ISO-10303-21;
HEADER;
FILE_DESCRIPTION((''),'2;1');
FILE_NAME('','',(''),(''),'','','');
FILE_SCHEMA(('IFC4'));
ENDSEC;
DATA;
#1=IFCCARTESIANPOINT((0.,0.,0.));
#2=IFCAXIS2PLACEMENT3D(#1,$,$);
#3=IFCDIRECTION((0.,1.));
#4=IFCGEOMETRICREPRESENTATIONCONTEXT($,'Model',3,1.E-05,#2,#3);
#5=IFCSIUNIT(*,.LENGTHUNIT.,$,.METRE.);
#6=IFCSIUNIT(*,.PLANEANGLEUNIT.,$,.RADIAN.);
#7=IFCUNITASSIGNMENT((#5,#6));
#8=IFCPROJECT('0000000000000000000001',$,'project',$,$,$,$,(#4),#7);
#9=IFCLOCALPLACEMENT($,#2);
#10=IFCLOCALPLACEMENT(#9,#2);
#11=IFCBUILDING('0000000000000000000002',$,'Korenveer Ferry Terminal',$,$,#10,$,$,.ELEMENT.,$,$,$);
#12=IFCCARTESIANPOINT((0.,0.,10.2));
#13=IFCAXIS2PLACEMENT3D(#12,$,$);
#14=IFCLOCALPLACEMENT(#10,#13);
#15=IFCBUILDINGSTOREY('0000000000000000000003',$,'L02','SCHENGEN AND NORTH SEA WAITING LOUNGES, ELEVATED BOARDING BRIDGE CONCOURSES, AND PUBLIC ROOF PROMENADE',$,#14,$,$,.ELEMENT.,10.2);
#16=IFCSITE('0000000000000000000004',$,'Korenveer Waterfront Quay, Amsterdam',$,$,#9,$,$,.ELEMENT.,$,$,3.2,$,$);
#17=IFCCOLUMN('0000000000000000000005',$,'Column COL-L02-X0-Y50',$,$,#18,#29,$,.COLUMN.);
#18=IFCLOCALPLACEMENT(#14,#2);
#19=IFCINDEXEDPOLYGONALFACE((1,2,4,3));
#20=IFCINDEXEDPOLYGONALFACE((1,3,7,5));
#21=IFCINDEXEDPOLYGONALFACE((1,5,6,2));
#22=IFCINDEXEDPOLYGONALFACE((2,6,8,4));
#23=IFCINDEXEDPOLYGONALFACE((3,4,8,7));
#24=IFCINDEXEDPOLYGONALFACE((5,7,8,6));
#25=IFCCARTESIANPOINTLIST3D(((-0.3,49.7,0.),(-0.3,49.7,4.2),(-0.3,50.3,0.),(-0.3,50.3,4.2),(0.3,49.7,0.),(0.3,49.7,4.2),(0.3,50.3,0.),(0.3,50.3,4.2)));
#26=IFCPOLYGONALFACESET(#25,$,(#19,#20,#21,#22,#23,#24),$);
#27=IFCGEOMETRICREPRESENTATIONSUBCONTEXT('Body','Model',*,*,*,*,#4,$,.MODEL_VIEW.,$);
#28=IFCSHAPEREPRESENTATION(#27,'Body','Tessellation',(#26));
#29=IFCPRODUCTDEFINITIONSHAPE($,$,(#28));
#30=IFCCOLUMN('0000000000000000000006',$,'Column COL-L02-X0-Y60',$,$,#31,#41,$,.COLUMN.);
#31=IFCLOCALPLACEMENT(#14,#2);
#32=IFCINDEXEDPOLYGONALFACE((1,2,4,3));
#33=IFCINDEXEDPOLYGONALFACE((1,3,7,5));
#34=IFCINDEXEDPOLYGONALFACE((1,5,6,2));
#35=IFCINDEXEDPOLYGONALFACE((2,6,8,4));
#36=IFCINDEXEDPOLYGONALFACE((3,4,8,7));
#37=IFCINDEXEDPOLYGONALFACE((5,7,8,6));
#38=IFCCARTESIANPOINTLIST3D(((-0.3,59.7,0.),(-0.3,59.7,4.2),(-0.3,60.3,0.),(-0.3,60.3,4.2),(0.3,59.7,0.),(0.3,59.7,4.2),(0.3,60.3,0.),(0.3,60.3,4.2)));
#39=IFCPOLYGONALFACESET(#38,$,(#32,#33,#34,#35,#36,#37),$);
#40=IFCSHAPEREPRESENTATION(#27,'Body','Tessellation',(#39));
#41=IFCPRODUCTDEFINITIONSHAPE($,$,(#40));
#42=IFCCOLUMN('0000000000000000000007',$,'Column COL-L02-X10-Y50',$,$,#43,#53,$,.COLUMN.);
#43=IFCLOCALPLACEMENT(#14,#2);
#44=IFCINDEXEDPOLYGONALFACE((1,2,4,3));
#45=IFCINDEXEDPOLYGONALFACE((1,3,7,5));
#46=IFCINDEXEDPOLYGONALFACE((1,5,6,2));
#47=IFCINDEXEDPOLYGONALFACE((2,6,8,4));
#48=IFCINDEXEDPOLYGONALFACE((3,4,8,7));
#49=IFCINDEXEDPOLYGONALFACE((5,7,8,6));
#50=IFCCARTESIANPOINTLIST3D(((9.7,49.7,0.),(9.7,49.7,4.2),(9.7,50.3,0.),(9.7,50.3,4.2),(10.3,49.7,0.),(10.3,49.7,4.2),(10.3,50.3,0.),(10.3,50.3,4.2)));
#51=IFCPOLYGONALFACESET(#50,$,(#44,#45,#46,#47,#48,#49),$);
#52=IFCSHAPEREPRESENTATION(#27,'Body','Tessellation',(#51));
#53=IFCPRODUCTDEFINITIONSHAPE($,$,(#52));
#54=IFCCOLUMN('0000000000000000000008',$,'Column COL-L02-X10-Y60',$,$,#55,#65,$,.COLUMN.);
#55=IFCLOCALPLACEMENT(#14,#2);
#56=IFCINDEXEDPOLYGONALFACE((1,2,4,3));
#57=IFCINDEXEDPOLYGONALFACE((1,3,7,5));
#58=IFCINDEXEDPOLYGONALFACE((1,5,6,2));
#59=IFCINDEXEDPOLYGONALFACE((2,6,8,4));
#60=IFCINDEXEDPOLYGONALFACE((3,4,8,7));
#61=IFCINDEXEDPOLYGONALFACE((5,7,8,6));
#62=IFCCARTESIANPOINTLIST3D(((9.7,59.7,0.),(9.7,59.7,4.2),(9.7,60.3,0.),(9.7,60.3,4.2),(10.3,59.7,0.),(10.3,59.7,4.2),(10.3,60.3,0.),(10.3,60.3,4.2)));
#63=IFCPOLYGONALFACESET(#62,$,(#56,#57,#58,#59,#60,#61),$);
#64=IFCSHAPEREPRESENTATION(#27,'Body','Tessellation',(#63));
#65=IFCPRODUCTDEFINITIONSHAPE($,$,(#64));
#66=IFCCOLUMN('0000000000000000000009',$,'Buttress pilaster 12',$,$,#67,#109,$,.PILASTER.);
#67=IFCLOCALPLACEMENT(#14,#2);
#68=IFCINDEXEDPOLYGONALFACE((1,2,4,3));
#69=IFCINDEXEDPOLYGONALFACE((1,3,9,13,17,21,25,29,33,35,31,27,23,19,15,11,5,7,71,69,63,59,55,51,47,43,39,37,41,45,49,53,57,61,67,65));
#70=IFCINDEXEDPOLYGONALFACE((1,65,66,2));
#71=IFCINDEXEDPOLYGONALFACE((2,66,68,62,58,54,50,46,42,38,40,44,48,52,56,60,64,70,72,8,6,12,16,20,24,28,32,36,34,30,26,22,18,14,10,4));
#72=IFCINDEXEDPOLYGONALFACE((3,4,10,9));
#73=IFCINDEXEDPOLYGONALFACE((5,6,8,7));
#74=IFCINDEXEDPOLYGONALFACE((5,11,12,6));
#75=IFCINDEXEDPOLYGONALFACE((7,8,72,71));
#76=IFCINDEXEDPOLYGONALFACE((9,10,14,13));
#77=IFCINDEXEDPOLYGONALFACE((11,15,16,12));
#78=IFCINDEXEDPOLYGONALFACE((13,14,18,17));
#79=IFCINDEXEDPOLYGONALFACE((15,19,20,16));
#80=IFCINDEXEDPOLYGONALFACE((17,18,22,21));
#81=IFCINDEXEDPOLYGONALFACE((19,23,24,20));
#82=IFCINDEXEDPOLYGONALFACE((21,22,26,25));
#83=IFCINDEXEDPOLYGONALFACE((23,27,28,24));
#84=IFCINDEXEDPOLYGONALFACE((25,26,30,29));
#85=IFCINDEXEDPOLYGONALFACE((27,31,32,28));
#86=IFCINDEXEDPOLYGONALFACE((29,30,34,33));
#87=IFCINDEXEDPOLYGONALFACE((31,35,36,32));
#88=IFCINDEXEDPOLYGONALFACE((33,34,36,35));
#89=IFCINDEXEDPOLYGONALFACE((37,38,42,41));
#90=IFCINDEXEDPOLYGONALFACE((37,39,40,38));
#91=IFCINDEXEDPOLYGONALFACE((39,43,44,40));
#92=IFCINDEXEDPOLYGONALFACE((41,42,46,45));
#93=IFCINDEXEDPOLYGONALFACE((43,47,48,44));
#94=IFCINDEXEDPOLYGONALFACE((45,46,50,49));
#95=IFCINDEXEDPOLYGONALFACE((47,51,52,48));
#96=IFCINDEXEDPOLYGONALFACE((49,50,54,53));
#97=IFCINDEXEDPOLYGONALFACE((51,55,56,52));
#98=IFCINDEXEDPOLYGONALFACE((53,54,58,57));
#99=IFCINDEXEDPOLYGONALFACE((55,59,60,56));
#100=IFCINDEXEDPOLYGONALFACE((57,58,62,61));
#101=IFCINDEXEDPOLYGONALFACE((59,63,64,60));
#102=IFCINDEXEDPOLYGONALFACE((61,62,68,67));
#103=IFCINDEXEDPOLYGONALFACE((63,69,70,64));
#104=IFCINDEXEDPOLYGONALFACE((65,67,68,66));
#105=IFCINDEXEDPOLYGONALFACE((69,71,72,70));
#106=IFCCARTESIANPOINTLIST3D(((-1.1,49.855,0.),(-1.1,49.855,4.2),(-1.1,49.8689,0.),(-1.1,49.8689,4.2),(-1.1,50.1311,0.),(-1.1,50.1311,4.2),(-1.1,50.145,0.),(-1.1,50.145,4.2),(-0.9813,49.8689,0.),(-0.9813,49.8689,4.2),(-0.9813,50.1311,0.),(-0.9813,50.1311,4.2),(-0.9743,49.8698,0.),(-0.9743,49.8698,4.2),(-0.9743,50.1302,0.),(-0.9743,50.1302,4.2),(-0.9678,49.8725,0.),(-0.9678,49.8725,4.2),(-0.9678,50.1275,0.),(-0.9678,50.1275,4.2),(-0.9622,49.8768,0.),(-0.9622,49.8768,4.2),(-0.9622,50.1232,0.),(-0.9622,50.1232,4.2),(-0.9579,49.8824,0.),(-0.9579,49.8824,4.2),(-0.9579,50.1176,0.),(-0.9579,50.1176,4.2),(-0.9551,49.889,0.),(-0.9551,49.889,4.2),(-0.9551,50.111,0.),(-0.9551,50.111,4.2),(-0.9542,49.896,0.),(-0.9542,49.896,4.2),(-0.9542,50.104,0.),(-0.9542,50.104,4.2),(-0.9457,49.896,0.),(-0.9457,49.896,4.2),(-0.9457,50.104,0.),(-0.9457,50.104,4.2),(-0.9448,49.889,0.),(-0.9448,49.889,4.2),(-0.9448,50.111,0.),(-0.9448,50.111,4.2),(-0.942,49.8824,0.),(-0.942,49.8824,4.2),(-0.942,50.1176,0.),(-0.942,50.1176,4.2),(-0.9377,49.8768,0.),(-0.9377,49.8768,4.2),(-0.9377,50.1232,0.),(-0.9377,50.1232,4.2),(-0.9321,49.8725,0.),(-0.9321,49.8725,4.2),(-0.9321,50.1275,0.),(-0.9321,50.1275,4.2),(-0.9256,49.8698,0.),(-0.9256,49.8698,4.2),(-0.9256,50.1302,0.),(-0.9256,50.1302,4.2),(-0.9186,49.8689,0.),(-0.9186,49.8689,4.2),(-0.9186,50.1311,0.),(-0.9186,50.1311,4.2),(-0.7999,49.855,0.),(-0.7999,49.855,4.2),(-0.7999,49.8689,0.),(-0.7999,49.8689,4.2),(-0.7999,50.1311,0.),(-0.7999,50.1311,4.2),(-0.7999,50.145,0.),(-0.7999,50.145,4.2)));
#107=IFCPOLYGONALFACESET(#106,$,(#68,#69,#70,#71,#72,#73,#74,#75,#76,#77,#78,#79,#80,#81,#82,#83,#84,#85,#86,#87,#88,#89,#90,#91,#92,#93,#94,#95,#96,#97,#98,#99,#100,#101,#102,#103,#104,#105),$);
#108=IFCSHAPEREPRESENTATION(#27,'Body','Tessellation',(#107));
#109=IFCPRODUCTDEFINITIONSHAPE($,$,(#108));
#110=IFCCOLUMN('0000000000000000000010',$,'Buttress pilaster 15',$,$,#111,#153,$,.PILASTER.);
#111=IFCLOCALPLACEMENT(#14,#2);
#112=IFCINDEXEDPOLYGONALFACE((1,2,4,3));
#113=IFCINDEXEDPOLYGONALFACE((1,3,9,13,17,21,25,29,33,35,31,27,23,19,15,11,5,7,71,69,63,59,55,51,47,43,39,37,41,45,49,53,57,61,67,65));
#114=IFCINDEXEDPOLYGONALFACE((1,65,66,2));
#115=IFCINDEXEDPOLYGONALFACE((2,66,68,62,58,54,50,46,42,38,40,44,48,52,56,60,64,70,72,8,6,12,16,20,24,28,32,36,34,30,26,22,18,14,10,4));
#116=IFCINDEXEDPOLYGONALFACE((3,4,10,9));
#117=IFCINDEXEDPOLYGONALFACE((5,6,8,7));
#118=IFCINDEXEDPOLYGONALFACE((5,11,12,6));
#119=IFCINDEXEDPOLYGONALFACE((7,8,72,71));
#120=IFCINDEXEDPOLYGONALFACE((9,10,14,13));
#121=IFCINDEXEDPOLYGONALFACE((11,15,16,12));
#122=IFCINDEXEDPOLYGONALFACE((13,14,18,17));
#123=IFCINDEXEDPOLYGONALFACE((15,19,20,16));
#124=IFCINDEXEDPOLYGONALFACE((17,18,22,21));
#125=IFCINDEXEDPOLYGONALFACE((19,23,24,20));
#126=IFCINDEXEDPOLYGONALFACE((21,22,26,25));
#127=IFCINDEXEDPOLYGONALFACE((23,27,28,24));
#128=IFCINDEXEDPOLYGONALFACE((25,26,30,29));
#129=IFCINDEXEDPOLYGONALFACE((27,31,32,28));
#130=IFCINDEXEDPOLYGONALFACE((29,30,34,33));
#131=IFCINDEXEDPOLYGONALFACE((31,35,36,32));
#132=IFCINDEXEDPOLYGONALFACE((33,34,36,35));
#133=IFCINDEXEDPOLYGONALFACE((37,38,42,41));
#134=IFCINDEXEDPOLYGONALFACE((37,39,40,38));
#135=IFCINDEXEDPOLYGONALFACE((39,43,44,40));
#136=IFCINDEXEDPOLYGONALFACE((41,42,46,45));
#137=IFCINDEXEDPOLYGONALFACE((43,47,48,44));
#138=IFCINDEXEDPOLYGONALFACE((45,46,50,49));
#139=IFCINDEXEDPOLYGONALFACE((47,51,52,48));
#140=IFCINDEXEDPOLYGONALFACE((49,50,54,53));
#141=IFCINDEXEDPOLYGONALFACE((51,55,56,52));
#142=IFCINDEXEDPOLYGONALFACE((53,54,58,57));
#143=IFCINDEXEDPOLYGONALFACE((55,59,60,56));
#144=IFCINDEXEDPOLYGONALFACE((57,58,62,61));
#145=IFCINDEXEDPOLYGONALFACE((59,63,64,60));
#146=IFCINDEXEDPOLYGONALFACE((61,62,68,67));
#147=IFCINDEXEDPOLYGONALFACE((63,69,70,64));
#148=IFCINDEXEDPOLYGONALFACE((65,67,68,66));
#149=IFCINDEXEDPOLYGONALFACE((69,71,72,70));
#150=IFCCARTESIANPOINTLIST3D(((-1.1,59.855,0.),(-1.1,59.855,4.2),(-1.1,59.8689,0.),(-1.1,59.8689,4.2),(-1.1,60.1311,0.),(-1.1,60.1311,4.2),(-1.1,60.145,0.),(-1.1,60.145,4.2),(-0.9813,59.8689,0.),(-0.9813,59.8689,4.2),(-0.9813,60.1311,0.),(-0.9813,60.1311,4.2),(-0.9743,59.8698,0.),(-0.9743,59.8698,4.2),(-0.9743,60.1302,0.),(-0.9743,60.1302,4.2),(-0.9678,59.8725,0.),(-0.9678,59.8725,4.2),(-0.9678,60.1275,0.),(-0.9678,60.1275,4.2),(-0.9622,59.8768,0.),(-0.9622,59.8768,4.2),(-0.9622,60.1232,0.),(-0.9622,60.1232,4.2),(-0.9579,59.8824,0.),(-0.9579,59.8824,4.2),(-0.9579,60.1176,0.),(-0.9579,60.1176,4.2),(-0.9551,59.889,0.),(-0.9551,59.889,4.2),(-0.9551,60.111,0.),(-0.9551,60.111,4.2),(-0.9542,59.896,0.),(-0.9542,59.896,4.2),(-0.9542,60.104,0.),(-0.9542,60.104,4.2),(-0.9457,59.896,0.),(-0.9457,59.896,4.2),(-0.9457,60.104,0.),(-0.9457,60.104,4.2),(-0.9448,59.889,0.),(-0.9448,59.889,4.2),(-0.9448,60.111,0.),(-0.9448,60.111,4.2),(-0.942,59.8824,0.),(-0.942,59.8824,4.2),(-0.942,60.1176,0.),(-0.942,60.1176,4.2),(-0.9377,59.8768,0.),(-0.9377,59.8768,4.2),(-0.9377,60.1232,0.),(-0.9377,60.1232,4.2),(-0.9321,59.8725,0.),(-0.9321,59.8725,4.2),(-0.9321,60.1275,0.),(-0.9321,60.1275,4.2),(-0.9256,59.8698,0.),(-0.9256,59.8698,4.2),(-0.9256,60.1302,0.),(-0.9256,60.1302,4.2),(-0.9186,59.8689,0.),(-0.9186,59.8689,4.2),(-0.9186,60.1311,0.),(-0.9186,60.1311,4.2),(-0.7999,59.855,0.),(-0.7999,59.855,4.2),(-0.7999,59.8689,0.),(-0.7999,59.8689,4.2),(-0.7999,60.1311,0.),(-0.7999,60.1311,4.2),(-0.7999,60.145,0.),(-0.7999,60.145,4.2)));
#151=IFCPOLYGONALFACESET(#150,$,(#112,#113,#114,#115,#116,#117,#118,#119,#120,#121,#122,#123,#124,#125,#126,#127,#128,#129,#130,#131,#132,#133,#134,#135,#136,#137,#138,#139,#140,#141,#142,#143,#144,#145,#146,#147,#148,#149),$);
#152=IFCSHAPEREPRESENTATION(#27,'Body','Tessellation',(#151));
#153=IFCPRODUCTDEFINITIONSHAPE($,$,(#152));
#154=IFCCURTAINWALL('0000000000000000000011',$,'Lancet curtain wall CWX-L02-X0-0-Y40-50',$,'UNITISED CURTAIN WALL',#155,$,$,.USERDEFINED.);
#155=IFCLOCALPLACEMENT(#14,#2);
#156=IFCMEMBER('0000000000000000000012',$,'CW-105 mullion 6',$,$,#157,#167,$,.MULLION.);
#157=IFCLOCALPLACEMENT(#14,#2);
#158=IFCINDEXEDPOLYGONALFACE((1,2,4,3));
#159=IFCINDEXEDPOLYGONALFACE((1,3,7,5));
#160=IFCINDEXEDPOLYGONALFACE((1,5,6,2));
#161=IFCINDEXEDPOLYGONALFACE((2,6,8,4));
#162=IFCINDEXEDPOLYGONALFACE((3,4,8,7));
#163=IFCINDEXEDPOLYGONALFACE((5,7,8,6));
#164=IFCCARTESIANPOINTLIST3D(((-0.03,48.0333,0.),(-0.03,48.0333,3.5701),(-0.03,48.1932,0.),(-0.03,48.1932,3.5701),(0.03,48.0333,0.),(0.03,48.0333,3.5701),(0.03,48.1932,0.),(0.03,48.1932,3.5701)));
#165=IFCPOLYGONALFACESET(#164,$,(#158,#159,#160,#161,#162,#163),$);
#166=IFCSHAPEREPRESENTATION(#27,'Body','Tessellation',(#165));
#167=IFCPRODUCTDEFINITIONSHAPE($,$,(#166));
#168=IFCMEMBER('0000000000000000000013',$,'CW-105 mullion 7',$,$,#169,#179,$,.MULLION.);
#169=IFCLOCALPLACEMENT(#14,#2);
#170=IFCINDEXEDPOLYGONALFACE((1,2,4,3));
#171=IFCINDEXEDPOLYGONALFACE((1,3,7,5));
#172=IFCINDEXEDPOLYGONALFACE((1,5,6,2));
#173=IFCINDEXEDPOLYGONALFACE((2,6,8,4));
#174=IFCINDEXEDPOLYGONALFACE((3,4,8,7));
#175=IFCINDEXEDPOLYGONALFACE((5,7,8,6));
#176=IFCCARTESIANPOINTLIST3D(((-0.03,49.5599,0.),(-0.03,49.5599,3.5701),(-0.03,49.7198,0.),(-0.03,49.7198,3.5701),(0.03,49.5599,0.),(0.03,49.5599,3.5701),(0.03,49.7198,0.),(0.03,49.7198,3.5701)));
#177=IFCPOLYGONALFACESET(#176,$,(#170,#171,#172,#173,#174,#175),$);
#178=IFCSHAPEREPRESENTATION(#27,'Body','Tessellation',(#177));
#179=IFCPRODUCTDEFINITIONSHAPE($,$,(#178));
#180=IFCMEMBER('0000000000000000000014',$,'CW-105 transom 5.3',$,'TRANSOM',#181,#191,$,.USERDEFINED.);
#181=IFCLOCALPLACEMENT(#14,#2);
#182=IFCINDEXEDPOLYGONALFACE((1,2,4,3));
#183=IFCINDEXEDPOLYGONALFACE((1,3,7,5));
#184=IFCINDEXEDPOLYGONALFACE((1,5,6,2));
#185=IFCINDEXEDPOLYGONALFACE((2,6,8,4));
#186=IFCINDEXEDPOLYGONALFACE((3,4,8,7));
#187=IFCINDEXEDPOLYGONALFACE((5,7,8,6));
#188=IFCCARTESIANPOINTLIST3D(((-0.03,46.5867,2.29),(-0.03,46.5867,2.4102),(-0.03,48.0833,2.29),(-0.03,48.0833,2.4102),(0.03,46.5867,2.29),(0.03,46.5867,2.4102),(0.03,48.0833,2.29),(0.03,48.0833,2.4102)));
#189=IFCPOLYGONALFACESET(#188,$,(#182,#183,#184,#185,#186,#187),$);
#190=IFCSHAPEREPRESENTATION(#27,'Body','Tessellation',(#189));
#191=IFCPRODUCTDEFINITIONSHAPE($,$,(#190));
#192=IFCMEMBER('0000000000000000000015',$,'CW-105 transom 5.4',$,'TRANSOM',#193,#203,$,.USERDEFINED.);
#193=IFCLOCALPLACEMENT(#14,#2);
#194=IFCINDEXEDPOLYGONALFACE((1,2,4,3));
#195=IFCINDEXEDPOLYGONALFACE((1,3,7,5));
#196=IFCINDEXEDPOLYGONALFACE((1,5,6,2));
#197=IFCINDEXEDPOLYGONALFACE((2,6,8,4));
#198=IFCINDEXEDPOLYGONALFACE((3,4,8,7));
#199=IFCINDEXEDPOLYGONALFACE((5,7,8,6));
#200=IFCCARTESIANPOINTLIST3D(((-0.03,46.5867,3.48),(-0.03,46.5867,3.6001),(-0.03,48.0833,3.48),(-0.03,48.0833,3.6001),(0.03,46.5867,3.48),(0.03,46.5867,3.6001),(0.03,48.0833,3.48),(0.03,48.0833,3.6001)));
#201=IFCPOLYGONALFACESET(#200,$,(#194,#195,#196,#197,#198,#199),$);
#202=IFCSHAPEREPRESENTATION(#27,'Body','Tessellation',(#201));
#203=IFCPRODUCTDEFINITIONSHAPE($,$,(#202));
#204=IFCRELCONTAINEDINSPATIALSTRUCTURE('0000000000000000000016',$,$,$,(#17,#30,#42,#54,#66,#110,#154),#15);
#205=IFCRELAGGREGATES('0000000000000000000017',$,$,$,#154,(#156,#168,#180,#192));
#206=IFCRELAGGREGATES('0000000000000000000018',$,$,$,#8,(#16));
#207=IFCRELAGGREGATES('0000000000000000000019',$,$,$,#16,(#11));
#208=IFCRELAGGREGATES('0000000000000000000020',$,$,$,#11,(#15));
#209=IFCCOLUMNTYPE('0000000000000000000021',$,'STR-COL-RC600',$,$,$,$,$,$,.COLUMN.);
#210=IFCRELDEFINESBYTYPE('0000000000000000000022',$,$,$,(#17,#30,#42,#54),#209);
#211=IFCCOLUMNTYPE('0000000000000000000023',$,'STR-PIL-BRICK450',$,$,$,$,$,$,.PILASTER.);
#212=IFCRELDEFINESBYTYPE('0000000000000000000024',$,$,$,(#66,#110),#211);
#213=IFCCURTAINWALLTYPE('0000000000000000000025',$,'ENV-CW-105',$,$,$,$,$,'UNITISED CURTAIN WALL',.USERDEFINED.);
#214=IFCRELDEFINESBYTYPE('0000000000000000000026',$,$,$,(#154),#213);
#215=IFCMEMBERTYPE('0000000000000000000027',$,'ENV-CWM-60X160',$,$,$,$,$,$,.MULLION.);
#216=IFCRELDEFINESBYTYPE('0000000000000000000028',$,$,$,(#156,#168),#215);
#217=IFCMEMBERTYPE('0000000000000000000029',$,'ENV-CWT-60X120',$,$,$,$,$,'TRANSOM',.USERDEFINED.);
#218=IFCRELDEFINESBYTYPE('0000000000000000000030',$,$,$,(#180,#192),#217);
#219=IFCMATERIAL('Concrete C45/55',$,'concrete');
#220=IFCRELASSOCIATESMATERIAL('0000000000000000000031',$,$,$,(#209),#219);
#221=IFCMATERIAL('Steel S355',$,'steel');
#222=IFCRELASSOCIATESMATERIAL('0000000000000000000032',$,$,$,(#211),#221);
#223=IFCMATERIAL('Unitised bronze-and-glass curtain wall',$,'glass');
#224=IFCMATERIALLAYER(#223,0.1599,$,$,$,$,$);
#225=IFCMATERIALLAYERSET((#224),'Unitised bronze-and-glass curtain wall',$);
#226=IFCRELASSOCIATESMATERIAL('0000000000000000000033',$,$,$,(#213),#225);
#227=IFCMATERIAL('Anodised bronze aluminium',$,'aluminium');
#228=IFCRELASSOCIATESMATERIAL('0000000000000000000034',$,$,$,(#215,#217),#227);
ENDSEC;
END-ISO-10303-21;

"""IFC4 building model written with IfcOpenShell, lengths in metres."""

from ifc_helpers import new_model, si_unit, direction, frame, origin, origin_2d, place, context, subcontext, project, spatial, rectangle, i_section, extrude, material, layer, layer_set, material_profile, profile_set, type_object, element, aggregate, save


model = new_model("IFC4")

# Units and contexts
model_context = context("Model", 3, precision=1e-05, world=origin(), true_north=direction((0.0, 1.0)))
body_context = subcontext(model_context, "Body", "Model", "MODEL_VIEW")
ifc_project = project(units=[si_unit("LENGTHUNIT", "METRE"), si_unit("PLANEANGLEUNIT", "RADIAN")], contexts=[model_context])

# Site, building, storey
site_placement = place(None, origin())
site = spatial("IfcSite", under=ifc_project, at=site_placement, Name="Korenveer Waterfront Quay, Amsterdam", CompositionType="ELEMENT", RefElevation=3.2)
building_placement = place(site_placement, origin())
building = spatial("IfcBuilding", under=site, at=building_placement, Name="Korenveer Ferry Terminal", CompositionType="ELEMENT")
storey_placement = place(building_placement, frame((0.0, 0.0, 10.2)))
storey = spatial("IfcBuildingStorey", under=building, at=storey_placement, Name="L02", Description="SCHENGEN AND NORTH SEA WAITING LOUNGES, ELEVATED BOARDING BRIDGE CONCOURSES, AND PUBLIC ROOF PROMENADE", CompositionType="ELEMENT", Elevation=10.2)

# Columns
ifc_material_1 = material(Name="Concrete C45/55", Category="concrete")
ifc_material_profile_1 = material_profile(ifc_material_1, rectangle(XDim=0.6001, YDim=0.6001, at=origin_2d()), Name="RC 600x600")
ifc_profile_set_1 = profile_set([ifc_material_profile_1], Name="Concrete C45/55")
column_type_1 = type_object("IfcColumnType", Name="STR-COL-RC600", PredefinedType="COLUMN", material=ifc_profile_set_1)
for number, where, z_axis, x_axis, name in (
    (1, (0.0, 50.0, 0.0), (0.0, 0.0, 1.0), (1.0, 0.0, 0.0), "Column COL-L02-X0-Y50"),
    (2, (0.0, 60.0, 0.0), (0.0, 0.0, 1.0), (1.0, 0.0, 0.0), "Column COL-L02-X0-Y60"),
    (3, (10.0, 50.0, 0.0), (0.0, 0.0, 1.0), (1.0, 0.0, 0.0), "Column COL-L02-X10-Y50"),
    (4, (10.0, 60.0, 0.0), (0.0, 0.0, 1.0), (1.0, 0.0, 0.0), "Column COL-L02-X10-Y60"),
):
    element("IfcColumn", number, at=place(storey_placement, frame(where, z_axis=z_axis, x_axis=x_axis)), inside=storey, type_object=column_type_1, Name=name, PredefinedType="COLUMN", context=body_context, shape_type="SweptSolid", body=[
        extrude(rectangle(XDim=0.6001, YDim=0.6001, at=origin_2d()), origin(), (0.0, 0.0, 1.0), 4.2),
    ])
ifc_material_2 = material(Name="Steel S355", Category="steel")
ifc_material_profile_2 = material_profile(ifc_material_2, i_section(OverallWidth=0.3, OverallDepth=0.29, WebThickness=0.0085, FlangeThickness=0.0139, FilletRadius=0.0271, at=origin_2d()), Name="HEA 300")
ifc_profile_set_2 = profile_set([ifc_material_profile_2], Name="Steel S355")
column_type_2 = type_object("IfcColumnType", Name="STR-PIL-BRICK450", PredefinedType="PILASTER", material=ifc_profile_set_2)
for number, where, z_axis, x_axis, name in (
    (5, (-0.95, 50.0, 0.0), (0.0, 0.0, 1.0), (1.0, 0.0, 0.0), "Buttress pilaster 12"),
    (6, (-0.95, 60.0, 0.0), (0.0, 0.0, 1.0), (1.0, 0.0, 0.0), "Buttress pilaster 15"),
):
    element("IfcColumn", number, at=place(storey_placement, frame(where, z_axis=z_axis, x_axis=x_axis)), inside=storey, type_object=column_type_2, Name=name, PredefinedType="PILASTER", context=body_context, shape_type="SweptSolid", body=[
        extrude(i_section(OverallWidth=0.3, OverallDepth=0.29, WebThickness=0.0085, FlangeThickness=0.0139, FilletRadius=0.0271, at=origin_2d()), origin(), (0.0, 0.0, 1.0), 4.2),
    ])

# Curtain wall, members
ifc_material_3 = material(Name="Unitised bronze-and-glass curtain wall", Category="glass")
ifc_layer_1 = layer(ifc_material_3, 0.1599)
ifc_layer_set_1 = layer_set([ifc_layer_1], Name="Unitised bronze-and-glass curtain wall")
curtain_wall_type = type_object("IfcCurtainWallType", Name="ENV-CW-105", ElementType="UNITISED CURTAIN WALL", PredefinedType="USERDEFINED", material=ifc_layer_set_1)
curtain_wall_placement = place(storey_placement, frame((0.0, 40.3301, 0.0)))
curtain_wall = element("IfcCurtainWall", 7, at=curtain_wall_placement, inside=storey, type_object=curtain_wall_type, Name="Lancet curtain wall CWX-L02-X0-0-Y40-50", ObjectType="UNITISED CURTAIN WALL", PredefinedType="USERDEFINED")
ifc_material_4 = material(Name="Anodised bronze aluminium", Category="aluminium")
ifc_material_profile_3 = material_profile(ifc_material_4, rectangle(XDim=0.0601, YDim=0.1599, at=origin_2d()), Name="ALU 60x160")
ifc_profile_set_3 = profile_set([ifc_material_profile_3], Name="Anodised bronze aluminium")
member_type_1 = type_object("IfcMemberType", Name="ENV-CWM-60X160", PredefinedType="MULLION", material=ifc_profile_set_3)
member_1_placement = place(storey_placement, frame((0.0, 48.1133, 0.0), z_axis=(0.0, 0.0, 1.0), x_axis=(-1.0, 0.0, 0.0)))
member_1 = element("IfcMember", 8, at=member_1_placement, type_object=member_type_1, Name="CW-105 mullion 6", PredefinedType="MULLION", context=body_context, shape_type="SweptSolid", body=[
    extrude(rectangle(XDim=0.0601, YDim=0.1599, at=origin_2d()), origin(), (0.0, 0.0, 1.0), 3.5701),
])
member_2_placement = place(storey_placement, frame((0.0, 49.6399, 0.0), z_axis=(0.0, 0.0, 1.0), x_axis=(-1.0, 0.0, 0.0)))
member_2 = element("IfcMember", 9, at=member_2_placement, type_object=member_type_1, Name="CW-105 mullion 7", PredefinedType="MULLION", context=body_context, shape_type="SweptSolid", body=[
    extrude(rectangle(XDim=0.0601, YDim=0.1599, at=origin_2d()), origin(), (0.0, 0.0, 1.0), 3.5701),
])
ifc_material_profile_4 = material_profile(ifc_material_4, rectangle(XDim=0.0601, YDim=0.1201, at=origin_2d()), Name="ALU 60x120")
ifc_profile_set_4 = profile_set([ifc_material_profile_4], Name="Anodised bronze aluminium")
member_type_2 = type_object("IfcMemberType", Name="ENV-CWT-60X120", ElementType="TRANSOM", PredefinedType="USERDEFINED", material=ifc_profile_set_4)
member_3_placement = place(storey_placement, frame((0.0, 46.5867, 2.3501), z_axis=(0.0, 1.0, 0.0), x_axis=(-1.0, 0.0, 0.0)))
member_3 = element("IfcMember", 10, at=member_3_placement, type_object=member_type_2, Name="CW-105 transom 5.3", ObjectType="TRANSOM", PredefinedType="USERDEFINED", context=body_context, shape_type="SweptSolid", body=[
    extrude(rectangle(XDim=0.0601, YDim=0.1201, at=origin_2d()), origin(), (0.0, 0.0, 1.0), 1.4966),
])
member_4_placement = place(storey_placement, frame((0.0, 46.5867, 3.54), z_axis=(0.0, 1.0, 0.0), x_axis=(-1.0, 0.0, 0.0)))
member_4 = element("IfcMember", 11, at=member_4_placement, type_object=member_type_2, Name="CW-105 transom 5.4", ObjectType="TRANSOM", PredefinedType="USERDEFINED", context=body_context, shape_type="SweptSolid", body=[
    extrude(rectangle(XDim=0.0601, YDim=0.1201, at=origin_2d()), origin(), (0.0, 0.0, 1.0), 1.4966),
])

aggregate(curtain_wall, [member_1, member_2, member_3, member_4])

save(model, "model.ifc")
